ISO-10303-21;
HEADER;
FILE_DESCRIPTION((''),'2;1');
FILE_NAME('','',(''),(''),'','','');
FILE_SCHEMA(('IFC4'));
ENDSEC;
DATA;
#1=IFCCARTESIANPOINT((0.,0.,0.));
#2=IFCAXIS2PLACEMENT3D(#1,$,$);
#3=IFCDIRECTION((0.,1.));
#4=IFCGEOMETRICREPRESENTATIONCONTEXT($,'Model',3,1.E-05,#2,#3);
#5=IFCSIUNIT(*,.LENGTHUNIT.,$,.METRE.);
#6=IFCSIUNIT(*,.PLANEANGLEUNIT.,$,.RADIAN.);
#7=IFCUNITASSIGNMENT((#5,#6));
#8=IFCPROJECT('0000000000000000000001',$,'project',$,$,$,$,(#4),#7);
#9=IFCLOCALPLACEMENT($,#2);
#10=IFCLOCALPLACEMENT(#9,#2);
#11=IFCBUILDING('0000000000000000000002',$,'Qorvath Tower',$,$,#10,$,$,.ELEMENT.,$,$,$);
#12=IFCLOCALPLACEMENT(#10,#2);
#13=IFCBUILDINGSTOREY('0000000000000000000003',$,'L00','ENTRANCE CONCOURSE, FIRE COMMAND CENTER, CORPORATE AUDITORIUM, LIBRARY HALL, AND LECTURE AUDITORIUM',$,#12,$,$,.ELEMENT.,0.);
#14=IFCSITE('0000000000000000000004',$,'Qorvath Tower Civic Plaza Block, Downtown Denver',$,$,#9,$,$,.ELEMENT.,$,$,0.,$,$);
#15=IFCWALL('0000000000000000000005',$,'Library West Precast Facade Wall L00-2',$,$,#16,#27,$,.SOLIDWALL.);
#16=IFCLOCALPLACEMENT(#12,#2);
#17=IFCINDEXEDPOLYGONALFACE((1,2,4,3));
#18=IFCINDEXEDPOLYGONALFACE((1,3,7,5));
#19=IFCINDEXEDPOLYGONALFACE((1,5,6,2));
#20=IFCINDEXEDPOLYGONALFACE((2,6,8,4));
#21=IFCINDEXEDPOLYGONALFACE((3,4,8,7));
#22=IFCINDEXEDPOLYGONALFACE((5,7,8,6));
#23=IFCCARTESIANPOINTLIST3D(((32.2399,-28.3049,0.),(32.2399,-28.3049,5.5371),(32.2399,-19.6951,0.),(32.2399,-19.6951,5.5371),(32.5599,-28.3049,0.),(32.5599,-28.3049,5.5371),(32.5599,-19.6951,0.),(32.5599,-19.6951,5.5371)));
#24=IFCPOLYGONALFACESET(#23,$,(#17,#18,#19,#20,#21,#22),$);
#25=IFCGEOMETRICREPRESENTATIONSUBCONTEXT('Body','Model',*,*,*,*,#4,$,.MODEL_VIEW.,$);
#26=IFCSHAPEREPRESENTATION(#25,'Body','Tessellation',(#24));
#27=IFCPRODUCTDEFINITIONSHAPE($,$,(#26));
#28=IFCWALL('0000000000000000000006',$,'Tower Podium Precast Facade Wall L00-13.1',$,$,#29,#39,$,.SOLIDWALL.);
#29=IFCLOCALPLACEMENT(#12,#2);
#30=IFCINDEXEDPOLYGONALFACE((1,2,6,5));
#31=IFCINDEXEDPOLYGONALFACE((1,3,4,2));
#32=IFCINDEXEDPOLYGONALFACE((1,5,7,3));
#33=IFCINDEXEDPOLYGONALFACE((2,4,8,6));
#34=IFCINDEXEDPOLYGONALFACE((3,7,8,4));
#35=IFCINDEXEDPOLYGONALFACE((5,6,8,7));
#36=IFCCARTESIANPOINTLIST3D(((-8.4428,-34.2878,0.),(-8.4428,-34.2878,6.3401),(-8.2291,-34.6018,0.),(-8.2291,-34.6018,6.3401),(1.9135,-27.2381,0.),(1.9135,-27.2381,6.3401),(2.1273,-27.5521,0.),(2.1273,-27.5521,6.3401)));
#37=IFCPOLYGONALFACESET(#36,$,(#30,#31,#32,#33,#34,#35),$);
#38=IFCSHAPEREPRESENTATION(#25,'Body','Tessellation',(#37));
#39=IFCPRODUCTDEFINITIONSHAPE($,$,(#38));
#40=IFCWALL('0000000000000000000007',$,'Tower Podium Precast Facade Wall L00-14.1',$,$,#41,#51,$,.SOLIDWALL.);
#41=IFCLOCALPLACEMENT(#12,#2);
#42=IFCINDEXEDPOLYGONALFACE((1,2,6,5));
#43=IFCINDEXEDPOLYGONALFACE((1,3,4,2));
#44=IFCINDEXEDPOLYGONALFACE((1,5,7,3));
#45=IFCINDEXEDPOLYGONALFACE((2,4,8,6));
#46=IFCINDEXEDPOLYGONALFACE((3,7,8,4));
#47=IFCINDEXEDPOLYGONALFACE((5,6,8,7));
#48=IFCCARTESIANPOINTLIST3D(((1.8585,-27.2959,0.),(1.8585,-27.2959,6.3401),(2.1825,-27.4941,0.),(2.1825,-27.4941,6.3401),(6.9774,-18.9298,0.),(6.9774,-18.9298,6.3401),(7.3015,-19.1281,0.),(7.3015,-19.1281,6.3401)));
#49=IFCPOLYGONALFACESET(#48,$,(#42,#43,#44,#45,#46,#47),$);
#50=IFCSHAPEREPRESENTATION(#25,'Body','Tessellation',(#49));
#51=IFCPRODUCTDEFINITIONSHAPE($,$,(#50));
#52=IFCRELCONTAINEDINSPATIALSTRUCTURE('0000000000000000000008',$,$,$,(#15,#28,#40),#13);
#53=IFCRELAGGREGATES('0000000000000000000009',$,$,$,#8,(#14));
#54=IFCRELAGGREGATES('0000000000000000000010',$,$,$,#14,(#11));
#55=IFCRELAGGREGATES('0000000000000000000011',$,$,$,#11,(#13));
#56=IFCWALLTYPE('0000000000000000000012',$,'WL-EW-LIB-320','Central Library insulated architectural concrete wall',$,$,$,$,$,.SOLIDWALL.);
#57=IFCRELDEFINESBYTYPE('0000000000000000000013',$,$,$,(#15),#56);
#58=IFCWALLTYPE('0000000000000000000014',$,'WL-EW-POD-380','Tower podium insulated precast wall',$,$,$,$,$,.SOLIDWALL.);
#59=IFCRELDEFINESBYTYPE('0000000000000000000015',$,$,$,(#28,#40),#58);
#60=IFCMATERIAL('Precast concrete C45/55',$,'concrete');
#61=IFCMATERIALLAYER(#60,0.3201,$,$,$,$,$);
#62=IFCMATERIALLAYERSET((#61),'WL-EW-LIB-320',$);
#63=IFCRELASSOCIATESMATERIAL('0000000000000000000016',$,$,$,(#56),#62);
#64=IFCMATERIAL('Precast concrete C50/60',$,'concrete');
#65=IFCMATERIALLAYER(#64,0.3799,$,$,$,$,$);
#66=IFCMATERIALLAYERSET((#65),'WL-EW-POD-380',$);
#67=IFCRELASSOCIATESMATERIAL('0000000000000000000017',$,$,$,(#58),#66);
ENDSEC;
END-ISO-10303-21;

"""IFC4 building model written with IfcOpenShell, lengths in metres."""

from ifc_helpers import new_model, si_unit, direction, frame, frame_2d, origin, place, context, subcontext, project, spatial, rectangle, extrude, material, layer, layer_set, type_object, element, save


model = new_model("IFC4")

# Units and contexts
model_context = context("Model", 3, precision=1e-05, world=origin(), true_north=direction((0.0, 1.0)))
body_context = subcontext(model_context, "Body", "Model", "MODEL_VIEW")
ifc_project = project(units=[si_unit("LENGTHUNIT", "METRE"), si_unit("PLANEANGLEUNIT", "RADIAN")], contexts=[model_context])

# Site, building, storey
site_placement = place(None, origin())
site = spatial("IfcSite", under=ifc_project, at=site_placement, Name="Qorvath Tower Civic Plaza Block, Downtown Denver", CompositionType="ELEMENT", RefElevation=0.0)
building_placement = place(site_placement, origin())
building = spatial("IfcBuilding", under=site, at=building_placement, Name="Qorvath Tower", CompositionType="ELEMENT")
storey_placement = place(building_placement, origin())
storey = spatial("IfcBuildingStorey", under=building, at=storey_placement, Name="L00", Description="ENTRANCE CONCOURSE, FIRE COMMAND CENTER, CORPORATE AUDITORIUM, LIBRARY HALL, AND LECTURE AUDITORIUM", CompositionType="ELEMENT", Elevation=0.0)

# Shared definitions
ifc_material_1 = material(Name="Precast concrete C45/55", Category="concrete")
ifc_layer_1 = layer(ifc_material_1, 0.3201)
ifc_layer_set_1 = layer_set([ifc_layer_1], Name="WL-EW-LIB-320")
wall_type_1 = type_object("IfcWallType", Name="WL-EW-LIB-320", Description="Central Library insulated architectural concrete wall", PredefinedType="SOLIDWALL", material=ifc_layer_set_1)

# Walls
wall_1_placement = place(storey_placement, frame((32.3999, -28.3049, 0.0), z_axis=(0.0, 0.0, 1.0), x_axis=(0.0, 1.0, 0.0)))
element("IfcWall", 1, at=wall_1_placement, inside=storey, type_object=wall_type_1, Name="Library West Precast Facade Wall L00-2", PredefinedType="SOLIDWALL", context=body_context, shape_type="SweptSolid", body=[
    extrude(rectangle(XDim=8.6099, YDim=0.3201, at=frame_2d((4.3049, 0.0))), origin(), (0.0, 0.0, 1.0), 5.5371),
])
ifc_material_2 = material(Name="Precast concrete C50/60", Category="concrete")
ifc_layer_2 = layer(ifc_material_2, 0.3799)
ifc_layer_set_2 = layer_set([ifc_layer_2], Name="WL-EW-POD-380")
wall_type_2 = type_object("IfcWallType", Name="WL-EW-POD-380", Description="Tower podium insulated precast wall", PredefinedType="SOLIDWALL", material=ifc_layer_set_2)
wall_2_placement = place(storey_placement, frame((2.0205, -27.395, 0.0), z_axis=(0.0, 0.0, 1.0), x_axis=(-0.826651, -0.562715, 0.0)))
element("IfcWall", 2, at=wall_2_placement, inside=storey, type_object=wall_type_2, Name="Tower Podium Precast Facade Wall L00-13.1", PredefinedType="SOLIDWALL", context=body_context, shape_type="SweptSolid", body=[
    extrude(rectangle(XDim=12.5281, YDim=0.3799, at=frame_2d((6.2642, 0.0))), origin(), (0.0, 0.0, 1.0), 6.3401),
])
wall_3_placement = place(storey_placement, frame((7.1394, -19.0291, 0.0), z_axis=(0.0, 0.0, 1.0), x_axis=(-0.521922, -0.852993, 0.0)))
element("IfcWall", 3, at=wall_3_placement, inside=storey, type_object=wall_type_2, Name="Tower Podium Precast Facade Wall L00-14.1", PredefinedType="SOLIDWALL", context=body_context, shape_type="SweptSolid", body=[
    extrude(rectangle(XDim=9.8079, YDim=0.3799, at=frame_2d((4.9038, 0.0))), origin(), (0.0, 0.0, 1.0), 6.3401),
])

save(model, "model.ifc")
